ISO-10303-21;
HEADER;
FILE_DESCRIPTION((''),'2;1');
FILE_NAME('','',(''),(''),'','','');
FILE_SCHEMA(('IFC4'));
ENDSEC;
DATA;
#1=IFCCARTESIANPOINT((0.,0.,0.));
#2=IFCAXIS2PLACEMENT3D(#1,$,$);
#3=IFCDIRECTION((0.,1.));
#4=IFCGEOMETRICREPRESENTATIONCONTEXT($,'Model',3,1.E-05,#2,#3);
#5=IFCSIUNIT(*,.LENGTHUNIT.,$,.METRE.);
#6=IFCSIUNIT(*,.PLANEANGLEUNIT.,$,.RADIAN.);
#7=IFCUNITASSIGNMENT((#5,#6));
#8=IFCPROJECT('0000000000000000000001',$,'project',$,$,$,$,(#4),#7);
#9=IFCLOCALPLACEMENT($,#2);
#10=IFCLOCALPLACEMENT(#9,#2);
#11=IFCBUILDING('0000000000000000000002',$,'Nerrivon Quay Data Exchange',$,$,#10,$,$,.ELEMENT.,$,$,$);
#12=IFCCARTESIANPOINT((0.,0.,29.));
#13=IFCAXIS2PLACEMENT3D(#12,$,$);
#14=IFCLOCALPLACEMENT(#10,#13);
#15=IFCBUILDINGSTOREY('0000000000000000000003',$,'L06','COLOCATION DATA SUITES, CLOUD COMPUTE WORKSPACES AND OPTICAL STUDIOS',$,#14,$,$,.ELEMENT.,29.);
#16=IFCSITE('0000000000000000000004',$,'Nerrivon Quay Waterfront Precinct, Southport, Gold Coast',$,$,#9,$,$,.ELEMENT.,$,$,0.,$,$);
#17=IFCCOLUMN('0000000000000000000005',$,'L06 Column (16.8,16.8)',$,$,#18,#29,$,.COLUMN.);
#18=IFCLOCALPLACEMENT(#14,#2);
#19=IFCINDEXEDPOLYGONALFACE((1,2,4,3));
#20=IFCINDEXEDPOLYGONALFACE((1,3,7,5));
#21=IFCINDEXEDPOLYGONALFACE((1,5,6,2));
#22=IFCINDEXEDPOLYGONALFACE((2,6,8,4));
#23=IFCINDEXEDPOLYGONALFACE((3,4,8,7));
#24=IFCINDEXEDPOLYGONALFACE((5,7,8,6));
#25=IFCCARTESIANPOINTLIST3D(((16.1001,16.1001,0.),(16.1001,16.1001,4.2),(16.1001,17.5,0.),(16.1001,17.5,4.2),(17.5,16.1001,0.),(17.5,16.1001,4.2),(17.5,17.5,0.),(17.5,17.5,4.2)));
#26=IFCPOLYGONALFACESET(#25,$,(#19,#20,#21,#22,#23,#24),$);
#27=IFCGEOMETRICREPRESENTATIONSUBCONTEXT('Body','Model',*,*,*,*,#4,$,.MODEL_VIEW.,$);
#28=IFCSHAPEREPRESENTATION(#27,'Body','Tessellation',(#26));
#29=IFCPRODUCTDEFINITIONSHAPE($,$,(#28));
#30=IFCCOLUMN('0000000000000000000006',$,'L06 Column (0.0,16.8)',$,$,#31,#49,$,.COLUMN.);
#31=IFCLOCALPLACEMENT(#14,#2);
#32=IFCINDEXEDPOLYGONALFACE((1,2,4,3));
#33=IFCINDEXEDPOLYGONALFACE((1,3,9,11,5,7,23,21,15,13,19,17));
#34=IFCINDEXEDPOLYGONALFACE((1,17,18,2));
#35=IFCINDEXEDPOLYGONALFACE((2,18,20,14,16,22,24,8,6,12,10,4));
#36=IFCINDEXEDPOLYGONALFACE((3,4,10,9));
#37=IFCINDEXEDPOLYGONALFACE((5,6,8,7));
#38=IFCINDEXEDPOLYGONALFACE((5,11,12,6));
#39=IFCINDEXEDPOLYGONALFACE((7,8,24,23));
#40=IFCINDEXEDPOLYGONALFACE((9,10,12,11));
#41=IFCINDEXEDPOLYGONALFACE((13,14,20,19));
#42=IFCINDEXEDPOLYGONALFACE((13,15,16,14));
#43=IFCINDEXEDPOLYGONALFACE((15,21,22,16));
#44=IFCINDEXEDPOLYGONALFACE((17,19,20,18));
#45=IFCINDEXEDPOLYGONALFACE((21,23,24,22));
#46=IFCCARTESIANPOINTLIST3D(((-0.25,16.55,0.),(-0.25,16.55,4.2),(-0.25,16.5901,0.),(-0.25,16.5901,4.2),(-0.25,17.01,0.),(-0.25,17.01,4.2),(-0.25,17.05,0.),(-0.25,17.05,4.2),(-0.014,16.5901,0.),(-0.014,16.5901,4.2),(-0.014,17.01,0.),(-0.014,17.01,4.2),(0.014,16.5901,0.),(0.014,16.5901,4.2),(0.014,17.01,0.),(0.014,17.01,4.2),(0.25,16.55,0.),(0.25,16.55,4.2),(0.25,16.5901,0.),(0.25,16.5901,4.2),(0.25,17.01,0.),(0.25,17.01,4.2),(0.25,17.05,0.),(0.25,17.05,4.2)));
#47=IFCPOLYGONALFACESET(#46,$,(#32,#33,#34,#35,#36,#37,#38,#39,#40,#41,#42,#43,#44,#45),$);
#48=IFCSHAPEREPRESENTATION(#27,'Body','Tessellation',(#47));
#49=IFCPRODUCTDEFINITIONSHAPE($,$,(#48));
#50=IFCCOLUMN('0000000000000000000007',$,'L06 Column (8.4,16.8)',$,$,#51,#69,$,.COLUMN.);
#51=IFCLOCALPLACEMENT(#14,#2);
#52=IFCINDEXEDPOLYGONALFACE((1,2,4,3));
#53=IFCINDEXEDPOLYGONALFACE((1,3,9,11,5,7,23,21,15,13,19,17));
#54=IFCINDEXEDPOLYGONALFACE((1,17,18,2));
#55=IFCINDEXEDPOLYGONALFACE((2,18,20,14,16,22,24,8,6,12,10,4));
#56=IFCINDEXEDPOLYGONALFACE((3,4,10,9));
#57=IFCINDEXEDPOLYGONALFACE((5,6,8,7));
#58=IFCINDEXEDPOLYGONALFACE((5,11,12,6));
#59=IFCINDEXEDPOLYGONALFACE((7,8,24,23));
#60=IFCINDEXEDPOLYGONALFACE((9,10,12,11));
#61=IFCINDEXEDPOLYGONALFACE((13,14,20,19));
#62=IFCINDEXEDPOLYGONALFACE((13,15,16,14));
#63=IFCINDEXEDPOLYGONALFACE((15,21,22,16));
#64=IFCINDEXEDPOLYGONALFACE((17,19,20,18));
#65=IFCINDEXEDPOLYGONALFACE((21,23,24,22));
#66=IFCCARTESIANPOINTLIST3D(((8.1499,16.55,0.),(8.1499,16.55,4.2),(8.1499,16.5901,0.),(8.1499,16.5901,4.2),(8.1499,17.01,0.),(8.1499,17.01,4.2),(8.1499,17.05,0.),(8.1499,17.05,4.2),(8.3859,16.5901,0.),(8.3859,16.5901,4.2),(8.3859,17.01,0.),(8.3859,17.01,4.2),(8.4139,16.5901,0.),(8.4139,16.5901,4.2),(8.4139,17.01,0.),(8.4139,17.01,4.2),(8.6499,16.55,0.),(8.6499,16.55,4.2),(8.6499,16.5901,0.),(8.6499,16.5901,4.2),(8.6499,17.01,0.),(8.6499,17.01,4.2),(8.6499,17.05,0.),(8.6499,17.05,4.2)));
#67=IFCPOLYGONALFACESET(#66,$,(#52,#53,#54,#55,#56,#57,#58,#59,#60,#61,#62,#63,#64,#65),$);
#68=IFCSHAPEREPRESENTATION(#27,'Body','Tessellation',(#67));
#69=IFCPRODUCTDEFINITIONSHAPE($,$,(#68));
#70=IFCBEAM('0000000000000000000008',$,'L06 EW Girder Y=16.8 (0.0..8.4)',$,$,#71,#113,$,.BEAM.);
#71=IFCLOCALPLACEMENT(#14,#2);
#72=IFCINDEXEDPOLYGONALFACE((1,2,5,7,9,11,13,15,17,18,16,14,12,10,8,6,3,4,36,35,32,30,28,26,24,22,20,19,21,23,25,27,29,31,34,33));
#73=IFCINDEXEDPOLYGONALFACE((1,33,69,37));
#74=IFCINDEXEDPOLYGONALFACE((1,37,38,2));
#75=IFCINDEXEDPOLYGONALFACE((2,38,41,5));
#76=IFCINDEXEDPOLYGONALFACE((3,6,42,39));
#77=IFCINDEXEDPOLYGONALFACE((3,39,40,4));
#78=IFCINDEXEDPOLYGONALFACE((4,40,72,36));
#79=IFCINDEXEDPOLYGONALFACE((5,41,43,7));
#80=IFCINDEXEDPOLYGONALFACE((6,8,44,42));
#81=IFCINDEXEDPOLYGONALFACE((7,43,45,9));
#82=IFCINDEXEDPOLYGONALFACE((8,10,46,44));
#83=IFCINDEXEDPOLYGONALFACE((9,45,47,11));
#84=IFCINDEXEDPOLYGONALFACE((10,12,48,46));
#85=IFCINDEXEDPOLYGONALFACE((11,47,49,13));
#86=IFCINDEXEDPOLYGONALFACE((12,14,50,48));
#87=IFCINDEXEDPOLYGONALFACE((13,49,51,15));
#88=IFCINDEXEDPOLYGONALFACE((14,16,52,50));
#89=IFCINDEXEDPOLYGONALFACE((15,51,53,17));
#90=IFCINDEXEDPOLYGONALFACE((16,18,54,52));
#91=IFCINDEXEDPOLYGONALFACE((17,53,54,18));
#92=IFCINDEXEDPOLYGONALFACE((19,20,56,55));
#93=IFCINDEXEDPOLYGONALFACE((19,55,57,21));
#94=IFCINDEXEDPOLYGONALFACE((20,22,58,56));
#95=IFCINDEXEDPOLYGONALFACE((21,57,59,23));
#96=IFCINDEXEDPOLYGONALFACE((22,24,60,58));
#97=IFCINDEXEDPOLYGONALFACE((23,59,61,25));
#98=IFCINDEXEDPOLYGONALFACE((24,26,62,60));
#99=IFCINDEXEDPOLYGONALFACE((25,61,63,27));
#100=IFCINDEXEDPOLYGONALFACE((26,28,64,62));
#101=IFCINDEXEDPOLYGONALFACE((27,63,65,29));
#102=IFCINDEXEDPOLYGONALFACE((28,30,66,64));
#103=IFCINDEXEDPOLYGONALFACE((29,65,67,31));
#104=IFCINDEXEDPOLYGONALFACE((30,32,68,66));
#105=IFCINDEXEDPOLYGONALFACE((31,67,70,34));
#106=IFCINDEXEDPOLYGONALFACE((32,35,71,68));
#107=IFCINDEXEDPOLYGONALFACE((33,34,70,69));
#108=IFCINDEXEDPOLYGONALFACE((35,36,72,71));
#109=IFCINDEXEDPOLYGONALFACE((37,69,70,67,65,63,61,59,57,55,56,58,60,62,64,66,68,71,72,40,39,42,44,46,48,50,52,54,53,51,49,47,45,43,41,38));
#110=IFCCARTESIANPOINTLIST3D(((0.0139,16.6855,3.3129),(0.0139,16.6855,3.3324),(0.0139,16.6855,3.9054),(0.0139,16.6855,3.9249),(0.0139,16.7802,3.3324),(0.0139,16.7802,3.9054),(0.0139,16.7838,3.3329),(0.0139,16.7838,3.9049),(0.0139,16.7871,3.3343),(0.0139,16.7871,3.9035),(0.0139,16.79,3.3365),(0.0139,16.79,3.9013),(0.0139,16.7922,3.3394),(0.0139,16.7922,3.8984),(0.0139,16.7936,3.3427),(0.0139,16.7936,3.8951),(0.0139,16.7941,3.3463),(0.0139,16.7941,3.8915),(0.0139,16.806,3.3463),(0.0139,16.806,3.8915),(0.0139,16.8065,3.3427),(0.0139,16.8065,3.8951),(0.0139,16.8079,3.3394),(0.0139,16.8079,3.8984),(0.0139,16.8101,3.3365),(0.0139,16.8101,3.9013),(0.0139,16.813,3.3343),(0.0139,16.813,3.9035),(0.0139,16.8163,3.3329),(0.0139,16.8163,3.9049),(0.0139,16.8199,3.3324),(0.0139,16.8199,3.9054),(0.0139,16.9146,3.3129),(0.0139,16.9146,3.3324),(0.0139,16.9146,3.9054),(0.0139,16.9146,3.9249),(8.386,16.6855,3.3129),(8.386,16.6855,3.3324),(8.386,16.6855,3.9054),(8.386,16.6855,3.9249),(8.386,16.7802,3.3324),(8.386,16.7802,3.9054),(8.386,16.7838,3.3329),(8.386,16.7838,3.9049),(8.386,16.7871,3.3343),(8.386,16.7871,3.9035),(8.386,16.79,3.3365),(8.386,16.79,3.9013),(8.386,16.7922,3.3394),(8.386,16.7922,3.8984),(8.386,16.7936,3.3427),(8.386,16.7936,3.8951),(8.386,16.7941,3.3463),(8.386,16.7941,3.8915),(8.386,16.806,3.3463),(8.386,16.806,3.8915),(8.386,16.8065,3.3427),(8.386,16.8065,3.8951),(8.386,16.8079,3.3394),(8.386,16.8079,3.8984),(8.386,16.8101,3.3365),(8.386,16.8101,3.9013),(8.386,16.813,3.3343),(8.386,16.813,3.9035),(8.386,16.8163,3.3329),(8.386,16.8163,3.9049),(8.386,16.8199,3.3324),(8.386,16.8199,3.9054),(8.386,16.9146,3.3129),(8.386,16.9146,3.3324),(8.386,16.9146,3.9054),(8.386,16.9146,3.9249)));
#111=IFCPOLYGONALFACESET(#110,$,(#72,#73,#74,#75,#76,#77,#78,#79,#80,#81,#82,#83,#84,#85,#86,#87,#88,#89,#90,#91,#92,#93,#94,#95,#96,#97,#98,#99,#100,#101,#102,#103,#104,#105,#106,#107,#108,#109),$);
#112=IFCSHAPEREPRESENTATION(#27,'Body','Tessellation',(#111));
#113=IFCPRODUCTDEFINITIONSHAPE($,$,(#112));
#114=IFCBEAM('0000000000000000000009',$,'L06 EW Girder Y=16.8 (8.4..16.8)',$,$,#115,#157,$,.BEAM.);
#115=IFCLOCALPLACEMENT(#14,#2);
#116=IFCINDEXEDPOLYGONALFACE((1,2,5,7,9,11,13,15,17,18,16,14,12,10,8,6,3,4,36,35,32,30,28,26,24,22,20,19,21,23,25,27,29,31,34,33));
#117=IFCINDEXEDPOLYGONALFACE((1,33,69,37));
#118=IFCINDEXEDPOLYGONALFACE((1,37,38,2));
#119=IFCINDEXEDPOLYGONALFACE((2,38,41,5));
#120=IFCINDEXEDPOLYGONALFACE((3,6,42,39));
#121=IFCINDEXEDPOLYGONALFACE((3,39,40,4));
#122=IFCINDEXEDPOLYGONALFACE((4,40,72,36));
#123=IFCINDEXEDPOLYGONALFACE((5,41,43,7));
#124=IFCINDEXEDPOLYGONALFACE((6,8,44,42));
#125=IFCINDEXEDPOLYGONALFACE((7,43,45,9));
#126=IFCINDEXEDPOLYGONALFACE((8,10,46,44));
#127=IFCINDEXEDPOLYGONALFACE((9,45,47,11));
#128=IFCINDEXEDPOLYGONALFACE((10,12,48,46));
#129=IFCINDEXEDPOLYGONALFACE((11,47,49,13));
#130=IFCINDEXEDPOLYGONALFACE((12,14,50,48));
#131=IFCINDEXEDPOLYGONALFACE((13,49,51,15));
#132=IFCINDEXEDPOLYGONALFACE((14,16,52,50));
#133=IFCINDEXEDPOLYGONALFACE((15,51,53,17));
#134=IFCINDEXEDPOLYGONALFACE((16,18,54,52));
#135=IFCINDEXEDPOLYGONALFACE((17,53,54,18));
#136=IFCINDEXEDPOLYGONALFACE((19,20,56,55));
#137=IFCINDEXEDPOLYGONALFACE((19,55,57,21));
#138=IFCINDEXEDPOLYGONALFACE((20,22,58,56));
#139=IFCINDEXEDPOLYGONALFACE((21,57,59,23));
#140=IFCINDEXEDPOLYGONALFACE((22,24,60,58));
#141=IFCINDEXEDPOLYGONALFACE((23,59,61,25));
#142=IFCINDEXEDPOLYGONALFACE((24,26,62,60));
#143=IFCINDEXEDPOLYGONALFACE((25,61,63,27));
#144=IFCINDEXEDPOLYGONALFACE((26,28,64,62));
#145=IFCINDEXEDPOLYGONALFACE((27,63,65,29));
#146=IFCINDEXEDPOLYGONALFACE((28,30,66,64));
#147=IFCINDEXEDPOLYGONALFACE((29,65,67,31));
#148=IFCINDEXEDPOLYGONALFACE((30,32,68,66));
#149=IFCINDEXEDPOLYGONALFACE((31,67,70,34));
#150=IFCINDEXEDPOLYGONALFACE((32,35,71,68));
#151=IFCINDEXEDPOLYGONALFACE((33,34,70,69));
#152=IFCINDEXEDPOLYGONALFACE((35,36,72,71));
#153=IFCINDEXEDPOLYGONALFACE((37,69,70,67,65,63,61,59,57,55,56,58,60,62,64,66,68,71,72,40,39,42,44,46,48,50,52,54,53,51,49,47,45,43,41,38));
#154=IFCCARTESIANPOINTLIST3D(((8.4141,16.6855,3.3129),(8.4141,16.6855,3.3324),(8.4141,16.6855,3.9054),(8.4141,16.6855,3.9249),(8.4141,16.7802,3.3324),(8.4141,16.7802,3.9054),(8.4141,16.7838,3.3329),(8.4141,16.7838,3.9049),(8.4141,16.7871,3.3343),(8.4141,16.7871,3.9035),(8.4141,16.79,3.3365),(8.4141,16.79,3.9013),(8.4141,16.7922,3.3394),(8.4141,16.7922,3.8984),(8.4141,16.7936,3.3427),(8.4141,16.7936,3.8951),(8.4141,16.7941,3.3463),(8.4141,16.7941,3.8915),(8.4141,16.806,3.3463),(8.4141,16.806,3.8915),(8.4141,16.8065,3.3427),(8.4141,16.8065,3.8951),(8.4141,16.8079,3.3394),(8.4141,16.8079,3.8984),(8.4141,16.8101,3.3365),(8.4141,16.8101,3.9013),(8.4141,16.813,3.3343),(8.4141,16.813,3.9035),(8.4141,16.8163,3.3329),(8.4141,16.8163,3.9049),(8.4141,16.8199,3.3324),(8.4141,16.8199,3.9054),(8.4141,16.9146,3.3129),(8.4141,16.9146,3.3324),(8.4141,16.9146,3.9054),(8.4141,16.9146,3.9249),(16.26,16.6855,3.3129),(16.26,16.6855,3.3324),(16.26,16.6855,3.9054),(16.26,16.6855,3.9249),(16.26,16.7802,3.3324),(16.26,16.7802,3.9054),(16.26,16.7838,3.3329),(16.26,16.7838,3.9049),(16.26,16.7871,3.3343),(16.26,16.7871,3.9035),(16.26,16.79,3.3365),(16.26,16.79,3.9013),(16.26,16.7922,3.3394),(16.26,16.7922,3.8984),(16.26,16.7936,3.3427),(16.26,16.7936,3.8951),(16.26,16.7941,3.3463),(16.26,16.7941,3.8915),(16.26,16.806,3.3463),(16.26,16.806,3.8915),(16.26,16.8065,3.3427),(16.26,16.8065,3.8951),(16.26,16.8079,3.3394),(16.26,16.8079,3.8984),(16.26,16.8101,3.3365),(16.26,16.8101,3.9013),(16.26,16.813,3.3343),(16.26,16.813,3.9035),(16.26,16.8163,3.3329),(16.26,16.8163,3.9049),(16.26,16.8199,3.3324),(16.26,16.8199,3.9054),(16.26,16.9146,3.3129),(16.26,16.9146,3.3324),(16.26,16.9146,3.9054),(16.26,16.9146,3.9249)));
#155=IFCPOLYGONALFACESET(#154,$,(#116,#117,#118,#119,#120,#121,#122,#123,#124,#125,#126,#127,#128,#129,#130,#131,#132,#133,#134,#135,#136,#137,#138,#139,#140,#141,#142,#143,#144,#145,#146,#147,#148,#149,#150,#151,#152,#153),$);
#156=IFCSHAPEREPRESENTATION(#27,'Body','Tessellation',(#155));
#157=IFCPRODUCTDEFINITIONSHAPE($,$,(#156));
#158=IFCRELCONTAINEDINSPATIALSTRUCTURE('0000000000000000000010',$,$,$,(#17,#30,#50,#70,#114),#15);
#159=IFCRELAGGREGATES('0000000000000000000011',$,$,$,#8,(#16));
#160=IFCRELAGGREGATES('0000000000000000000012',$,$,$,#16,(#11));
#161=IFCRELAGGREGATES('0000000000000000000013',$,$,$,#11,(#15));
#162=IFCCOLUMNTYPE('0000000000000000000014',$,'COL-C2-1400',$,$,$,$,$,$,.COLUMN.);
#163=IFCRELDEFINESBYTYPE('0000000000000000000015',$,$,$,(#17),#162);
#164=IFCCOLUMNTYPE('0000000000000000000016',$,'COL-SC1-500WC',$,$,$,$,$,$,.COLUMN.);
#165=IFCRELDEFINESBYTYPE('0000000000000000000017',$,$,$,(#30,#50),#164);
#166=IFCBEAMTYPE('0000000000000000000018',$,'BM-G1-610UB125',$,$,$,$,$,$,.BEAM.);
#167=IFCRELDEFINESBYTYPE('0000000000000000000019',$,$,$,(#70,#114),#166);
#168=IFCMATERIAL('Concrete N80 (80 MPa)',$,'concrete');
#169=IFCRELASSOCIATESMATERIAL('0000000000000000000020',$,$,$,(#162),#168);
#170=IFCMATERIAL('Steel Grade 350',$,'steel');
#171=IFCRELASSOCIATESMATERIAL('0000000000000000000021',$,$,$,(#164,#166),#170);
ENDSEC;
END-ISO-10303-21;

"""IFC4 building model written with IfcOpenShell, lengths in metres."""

from ifc_helpers import new_model, si_unit, direction, frame, origin, origin_2d, place, context, subcontext, project, spatial, rectangle, i_section, extrude, material, material_profile, profile_set, type_object, element, save


model = new_model("IFC4")

# Units and contexts
model_context = context("Model", 3, precision=1e-05, world=origin(), true_north=direction((0.0, 1.0)))
body_context = subcontext(model_context, "Body", "Model", "MODEL_VIEW")
ifc_project = project(units=[si_unit("LENGTHUNIT", "METRE"), si_unit("PLANEANGLEUNIT", "RADIAN")], contexts=[model_context])

# Site, building, storey
site_placement = place(None, origin())
site = spatial("IfcSite", under=ifc_project, at=site_placement, Name="Nerrivon Quay Waterfront Precinct, Southport, Gold Coast", CompositionType="ELEMENT", RefElevation=0.0)
building_placement = place(site_placement, origin())
building = spatial("IfcBuilding", under=site, at=building_placement, Name="Nerrivon Quay Data Exchange", CompositionType="ELEMENT")
storey_placement = place(building_placement, frame((0.0, 0.0, 29.0)))
storey = spatial("IfcBuildingStorey", under=building, at=storey_placement, Name="L06", Description="COLOCATION DATA SUITES, CLOUD COMPUTE WORKSPACES AND OPTICAL STUDIOS", CompositionType="ELEMENT", Elevation=29.0)

# Columns
ifc_material_1 = material(Name="Concrete N80 (80 MPa)", Category="concrete")
ifc_material_profile_1 = material_profile(ifc_material_1, rectangle(XDim=1.3999, YDim=1.3999, at=origin_2d()), Name="RC-COL-1400x1400")
ifc_profile_set_1 = profile_set([ifc_material_profile_1], Name="Concrete N80 (80 MPa)")
column_type_1 = type_object("IfcColumnType", Name="COL-C2-1400", PredefinedType="COLUMN", material=ifc_profile_set_1)
column_placement = place(storey_placement, frame((16.8, 16.8, 0.0), z_axis=(0.0, 0.0, 1.0), x_axis=(1.0, 0.0, 0.0)))
element("IfcColumn", 1, at=column_placement, inside=storey, type_object=column_type_1, Name="L06 Column (16.8,16.8)", PredefinedType="COLUMN", context=body_context, shape_type="SweptSolid", body=[
    extrude(rectangle(XDim=1.3999, YDim=1.3999, at=origin_2d()), origin(), (0.0, 0.0, 1.0), 4.2),
])
ifc_material_2 = material(Name="Steel Grade 350", Category="steel")
ifc_material_profile_2 = material_profile(ifc_material_2, i_section(OverallWidth=0.5, OverallDepth=0.5, WebThickness=0.0281, FlangeThickness=0.04, at=origin_2d()), Name="500WC440")
ifc_profile_set_2 = profile_set([ifc_material_profile_2], Name="Steel Grade 350")
column_type_2 = type_object("IfcColumnType", Name="COL-SC1-500WC", PredefinedType="COLUMN", material=ifc_profile_set_2)
for number, where, z_axis, x_axis, name in (
    (2, (0.0, 16.8, 0.0), (0.0, 0.0, 1.0), (1.0, 0.0, 0.0), "L06 Column (0.0,16.8)"),
    (3, (8.3999, 16.8, 0.0), (0.0, 0.0, 1.0), (1.0, 0.0, 0.0), "L06 Column (8.4,16.8)"),
):
    element("IfcColumn", number, at=place(storey_placement, frame(where, z_axis=z_axis, x_axis=x_axis)), inside=storey, type_object=column_type_2, Name=name, PredefinedType="COLUMN", context=body_context, shape_type="SweptSolid", body=[
        extrude(i_section(OverallWidth=0.5, OverallDepth=0.5, WebThickness=0.0281, FlangeThickness=0.04, at=origin_2d()), origin(), (0.0, 0.0, 1.0), 4.2),
    ])

# Beams
ifc_material_profile_3 = material_profile(ifc_material_2, i_section(OverallWidth=0.229, OverallDepth=0.6121, WebThickness=0.012, FlangeThickness=0.0195, FilletRadius=0.0139, at=origin_2d()), Name="610UB125")
ifc_profile_set_3 = profile_set([ifc_material_profile_3], Name="Steel Grade 350")
beam_type_1 = type_object("IfcBeamType", Name="BM-G1-610UB125", PredefinedType="BEAM", material=ifc_profile_set_3)
beam_1_placement = place(storey_placement, frame((0.0139, 16.8, 3.6189), z_axis=(1.0, 0.0, 0.0), x_axis=(0.0, 1.0, 0.0)))
element("IfcBeam", 4, at=beam_1_placement, inside=storey, type_object=beam_type_1, Name="L06 EW Girder Y=16.8 (0.0..8.4)", PredefinedType="BEAM", context=body_context, shape_type="SweptSolid", body=[
    extrude(i_section(OverallWidth=0.229, OverallDepth=0.6121, WebThickness=0.012, FlangeThickness=0.0195, FilletRadius=0.0139, at=origin_2d()), origin(), (0.0, 0.0, 1.0), 8.3721),
])
beam_2_placement = place(storey_placement, frame((8.4141, 16.8, 3.6189), z_axis=(1.0, 0.0, 0.0), x_axis=(0.0, 1.0, 0.0)))
element("IfcBeam", 5, at=beam_2_placement, inside=storey, type_object=beam_type_1, Name="L06 EW Girder Y=16.8 (8.4..16.8)", PredefinedType="BEAM", context=body_context, shape_type="SweptSolid", body=[
    extrude(i_section(OverallWidth=0.229, OverallDepth=0.6121, WebThickness=0.012, FlangeThickness=0.0195, FilletRadius=0.0139, at=origin_2d()), origin(), (0.0, 0.0, 1.0), 7.8459),
])

save(model, "model.ifc")
